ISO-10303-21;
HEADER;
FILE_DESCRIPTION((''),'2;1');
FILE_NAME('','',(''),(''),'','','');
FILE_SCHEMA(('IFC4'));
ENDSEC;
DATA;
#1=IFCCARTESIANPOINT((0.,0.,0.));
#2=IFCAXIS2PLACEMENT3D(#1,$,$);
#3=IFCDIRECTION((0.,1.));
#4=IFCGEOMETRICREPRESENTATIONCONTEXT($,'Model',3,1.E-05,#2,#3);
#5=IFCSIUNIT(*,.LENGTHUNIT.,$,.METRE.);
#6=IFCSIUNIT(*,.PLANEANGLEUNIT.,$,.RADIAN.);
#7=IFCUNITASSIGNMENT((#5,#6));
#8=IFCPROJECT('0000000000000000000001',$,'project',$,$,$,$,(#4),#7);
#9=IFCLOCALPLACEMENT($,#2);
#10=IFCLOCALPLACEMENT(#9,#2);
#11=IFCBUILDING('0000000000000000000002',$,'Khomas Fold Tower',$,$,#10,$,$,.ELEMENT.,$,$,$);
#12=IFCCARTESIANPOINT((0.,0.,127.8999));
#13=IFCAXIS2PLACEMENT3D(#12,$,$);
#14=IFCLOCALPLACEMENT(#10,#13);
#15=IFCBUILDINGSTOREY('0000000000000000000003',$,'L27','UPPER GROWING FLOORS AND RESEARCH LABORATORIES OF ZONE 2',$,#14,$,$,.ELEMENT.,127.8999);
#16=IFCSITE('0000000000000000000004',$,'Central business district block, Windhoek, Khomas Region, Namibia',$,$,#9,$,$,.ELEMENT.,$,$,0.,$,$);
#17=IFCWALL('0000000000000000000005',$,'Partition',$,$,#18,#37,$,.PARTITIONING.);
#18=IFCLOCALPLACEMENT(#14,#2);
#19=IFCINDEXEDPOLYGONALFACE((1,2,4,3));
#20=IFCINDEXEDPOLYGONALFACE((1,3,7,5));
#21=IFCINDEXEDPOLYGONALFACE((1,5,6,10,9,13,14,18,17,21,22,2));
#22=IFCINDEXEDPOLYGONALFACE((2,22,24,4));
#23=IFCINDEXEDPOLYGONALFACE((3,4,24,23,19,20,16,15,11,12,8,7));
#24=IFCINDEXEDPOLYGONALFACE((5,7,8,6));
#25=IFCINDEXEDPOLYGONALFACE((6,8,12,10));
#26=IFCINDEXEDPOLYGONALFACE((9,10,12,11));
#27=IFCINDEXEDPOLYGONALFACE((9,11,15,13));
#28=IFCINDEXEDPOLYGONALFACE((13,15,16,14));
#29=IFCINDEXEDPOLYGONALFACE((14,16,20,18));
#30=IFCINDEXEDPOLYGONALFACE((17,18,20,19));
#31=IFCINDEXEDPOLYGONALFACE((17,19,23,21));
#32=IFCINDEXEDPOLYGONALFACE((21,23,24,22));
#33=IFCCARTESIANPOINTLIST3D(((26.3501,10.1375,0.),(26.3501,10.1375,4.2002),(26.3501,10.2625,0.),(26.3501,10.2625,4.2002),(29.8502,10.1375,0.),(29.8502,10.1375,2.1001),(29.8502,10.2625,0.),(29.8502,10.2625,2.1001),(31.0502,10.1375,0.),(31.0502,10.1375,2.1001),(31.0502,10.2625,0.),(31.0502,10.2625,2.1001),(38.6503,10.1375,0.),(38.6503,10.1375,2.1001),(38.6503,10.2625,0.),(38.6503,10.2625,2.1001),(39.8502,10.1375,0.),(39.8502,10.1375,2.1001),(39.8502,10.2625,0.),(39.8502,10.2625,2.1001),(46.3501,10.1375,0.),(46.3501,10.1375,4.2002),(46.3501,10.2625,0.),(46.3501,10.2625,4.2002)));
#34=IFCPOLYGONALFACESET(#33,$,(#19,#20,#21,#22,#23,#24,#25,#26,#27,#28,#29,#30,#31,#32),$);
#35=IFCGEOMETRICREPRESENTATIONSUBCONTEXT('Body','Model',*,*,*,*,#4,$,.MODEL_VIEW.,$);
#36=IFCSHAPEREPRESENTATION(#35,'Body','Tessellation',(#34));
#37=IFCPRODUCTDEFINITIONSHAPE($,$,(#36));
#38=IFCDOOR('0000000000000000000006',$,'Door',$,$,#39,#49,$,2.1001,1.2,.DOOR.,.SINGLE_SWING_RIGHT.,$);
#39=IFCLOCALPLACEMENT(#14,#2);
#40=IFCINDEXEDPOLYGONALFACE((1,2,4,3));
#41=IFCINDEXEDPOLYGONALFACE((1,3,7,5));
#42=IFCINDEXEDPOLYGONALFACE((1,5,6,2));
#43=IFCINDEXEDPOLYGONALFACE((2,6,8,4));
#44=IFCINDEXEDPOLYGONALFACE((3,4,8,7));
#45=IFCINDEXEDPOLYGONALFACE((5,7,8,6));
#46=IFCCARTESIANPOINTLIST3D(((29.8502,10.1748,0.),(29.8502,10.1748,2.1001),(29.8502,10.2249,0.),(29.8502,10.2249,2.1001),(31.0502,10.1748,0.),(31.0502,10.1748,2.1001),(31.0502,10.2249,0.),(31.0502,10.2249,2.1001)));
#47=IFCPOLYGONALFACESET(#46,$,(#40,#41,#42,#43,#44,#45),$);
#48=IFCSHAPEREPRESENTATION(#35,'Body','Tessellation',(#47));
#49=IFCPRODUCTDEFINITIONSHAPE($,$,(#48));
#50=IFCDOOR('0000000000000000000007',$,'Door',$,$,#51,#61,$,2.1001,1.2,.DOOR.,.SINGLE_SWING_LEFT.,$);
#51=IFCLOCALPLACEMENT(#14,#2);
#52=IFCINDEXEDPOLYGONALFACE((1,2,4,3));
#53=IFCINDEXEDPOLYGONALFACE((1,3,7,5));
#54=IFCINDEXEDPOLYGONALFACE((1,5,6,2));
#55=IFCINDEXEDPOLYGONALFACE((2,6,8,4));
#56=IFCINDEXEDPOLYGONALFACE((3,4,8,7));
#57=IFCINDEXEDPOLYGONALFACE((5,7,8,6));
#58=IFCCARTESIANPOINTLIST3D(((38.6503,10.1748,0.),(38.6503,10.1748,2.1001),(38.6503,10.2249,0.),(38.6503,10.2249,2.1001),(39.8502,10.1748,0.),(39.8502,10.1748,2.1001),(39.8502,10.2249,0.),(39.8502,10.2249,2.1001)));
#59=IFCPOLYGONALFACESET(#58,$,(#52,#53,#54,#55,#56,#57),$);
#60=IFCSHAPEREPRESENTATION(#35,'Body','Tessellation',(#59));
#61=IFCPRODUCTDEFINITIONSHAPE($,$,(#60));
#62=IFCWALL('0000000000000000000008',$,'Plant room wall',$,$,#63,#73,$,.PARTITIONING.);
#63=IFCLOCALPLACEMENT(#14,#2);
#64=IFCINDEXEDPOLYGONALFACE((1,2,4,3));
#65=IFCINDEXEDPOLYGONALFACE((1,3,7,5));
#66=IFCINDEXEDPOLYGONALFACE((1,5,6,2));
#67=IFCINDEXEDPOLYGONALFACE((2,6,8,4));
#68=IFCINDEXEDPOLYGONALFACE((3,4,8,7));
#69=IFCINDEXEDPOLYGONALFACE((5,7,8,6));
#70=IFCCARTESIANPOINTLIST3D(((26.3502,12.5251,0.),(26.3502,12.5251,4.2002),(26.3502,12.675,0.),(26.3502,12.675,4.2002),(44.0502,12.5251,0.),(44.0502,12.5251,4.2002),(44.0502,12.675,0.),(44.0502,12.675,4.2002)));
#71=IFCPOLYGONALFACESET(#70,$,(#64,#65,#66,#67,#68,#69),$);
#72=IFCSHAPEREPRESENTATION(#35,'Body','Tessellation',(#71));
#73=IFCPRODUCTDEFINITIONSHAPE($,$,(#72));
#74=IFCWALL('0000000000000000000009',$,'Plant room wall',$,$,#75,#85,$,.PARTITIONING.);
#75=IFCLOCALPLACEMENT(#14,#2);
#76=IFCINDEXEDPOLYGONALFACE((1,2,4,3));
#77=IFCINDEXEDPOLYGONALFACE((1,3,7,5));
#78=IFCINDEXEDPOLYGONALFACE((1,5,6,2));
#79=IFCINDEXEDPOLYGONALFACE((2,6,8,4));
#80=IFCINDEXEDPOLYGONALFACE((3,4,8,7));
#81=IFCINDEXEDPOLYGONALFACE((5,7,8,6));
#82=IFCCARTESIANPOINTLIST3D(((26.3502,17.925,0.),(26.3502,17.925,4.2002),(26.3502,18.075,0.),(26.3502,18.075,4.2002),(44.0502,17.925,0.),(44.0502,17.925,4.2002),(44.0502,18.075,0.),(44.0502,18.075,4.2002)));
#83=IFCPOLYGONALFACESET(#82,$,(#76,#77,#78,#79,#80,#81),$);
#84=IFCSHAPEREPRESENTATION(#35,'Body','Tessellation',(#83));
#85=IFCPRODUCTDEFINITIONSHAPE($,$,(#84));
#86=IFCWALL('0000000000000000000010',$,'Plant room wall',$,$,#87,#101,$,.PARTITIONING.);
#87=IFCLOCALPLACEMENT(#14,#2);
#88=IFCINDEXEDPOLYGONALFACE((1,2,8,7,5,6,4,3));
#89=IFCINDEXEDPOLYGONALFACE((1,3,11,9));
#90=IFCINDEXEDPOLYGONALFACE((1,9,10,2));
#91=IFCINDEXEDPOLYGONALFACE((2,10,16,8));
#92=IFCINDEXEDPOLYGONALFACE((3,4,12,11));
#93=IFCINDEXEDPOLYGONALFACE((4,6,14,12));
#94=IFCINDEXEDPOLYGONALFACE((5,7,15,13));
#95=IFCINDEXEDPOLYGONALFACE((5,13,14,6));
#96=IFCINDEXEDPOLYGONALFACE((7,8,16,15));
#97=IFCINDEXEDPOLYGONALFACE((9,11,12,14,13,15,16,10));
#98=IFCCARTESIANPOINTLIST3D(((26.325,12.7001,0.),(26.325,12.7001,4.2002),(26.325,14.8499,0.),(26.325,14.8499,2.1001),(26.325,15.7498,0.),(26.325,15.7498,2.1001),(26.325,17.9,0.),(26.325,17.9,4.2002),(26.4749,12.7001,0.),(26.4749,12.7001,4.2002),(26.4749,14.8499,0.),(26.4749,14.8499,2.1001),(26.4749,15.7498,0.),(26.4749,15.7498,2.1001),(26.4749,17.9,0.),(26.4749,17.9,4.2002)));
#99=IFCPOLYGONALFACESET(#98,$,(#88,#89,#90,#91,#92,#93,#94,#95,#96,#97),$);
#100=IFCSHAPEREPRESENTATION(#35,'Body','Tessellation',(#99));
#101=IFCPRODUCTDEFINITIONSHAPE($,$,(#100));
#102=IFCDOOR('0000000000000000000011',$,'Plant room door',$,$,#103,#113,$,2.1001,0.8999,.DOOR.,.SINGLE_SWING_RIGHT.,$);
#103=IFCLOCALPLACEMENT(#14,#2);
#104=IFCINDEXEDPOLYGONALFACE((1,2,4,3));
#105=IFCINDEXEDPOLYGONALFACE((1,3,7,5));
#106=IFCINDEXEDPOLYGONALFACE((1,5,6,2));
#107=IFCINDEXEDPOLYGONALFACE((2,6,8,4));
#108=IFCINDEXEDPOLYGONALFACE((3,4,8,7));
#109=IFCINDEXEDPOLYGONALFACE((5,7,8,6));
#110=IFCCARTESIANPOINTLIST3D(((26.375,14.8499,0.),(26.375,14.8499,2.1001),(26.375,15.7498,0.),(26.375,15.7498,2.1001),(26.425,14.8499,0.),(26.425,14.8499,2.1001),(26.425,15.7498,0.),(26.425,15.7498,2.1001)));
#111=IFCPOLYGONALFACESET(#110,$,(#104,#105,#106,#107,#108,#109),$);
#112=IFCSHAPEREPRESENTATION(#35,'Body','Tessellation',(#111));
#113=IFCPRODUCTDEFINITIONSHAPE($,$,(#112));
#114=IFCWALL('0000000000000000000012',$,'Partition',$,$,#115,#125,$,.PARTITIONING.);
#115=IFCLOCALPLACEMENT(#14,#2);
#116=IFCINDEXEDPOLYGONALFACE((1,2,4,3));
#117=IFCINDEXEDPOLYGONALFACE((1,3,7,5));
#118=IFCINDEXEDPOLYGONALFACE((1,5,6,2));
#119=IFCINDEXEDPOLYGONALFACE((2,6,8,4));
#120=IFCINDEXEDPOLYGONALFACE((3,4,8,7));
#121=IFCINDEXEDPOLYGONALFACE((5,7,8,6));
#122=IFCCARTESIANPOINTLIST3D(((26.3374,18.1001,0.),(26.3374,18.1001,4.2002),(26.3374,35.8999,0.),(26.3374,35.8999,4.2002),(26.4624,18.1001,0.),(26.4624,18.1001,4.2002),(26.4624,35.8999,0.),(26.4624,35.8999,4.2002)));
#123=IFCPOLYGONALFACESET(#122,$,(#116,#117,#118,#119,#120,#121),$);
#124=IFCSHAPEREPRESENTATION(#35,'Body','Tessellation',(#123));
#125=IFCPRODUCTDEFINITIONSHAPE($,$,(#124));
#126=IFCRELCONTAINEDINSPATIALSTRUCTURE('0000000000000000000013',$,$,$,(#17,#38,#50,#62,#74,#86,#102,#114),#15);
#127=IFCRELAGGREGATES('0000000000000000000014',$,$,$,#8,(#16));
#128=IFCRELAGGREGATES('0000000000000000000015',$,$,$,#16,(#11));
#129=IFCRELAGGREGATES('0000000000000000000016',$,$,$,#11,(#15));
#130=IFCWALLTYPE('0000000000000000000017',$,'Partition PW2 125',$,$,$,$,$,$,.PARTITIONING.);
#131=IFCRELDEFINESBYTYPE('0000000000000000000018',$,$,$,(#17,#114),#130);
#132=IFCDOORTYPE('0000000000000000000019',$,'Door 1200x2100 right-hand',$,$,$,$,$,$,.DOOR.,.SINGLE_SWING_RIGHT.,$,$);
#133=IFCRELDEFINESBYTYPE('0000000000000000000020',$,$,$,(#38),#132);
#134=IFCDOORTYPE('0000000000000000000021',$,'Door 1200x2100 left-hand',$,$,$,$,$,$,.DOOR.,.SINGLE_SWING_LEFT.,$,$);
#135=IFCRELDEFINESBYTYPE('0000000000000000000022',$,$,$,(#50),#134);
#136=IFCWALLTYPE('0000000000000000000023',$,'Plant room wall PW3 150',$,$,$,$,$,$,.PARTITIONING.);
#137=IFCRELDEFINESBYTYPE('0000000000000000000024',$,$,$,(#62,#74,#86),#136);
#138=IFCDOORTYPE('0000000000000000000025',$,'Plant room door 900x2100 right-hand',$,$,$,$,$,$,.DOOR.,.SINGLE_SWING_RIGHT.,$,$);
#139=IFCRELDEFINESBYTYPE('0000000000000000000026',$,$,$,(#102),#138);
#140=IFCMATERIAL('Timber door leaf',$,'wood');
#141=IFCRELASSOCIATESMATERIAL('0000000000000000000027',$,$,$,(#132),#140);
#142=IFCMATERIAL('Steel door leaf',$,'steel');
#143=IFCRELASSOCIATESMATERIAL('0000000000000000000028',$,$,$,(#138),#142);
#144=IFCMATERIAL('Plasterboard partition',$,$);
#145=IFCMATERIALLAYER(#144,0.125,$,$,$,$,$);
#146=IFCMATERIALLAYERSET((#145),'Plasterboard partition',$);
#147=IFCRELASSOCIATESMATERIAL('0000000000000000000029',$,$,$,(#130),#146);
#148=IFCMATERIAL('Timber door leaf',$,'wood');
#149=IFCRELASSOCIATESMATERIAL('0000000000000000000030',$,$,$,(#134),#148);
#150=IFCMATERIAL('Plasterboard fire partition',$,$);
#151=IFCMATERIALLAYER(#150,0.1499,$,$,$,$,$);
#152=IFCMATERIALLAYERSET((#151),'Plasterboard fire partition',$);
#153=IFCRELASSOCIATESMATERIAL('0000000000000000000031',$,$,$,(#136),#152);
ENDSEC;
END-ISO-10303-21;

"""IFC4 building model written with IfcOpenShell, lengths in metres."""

from ifc_helpers import new_model, si_unit, direction, frame, frame_2d, origin, place, context, subcontext, project, spatial, rectangle, extrude, source, transform, mapped, material, layer, layer_set, type_object, element, fill, save


model = new_model("IFC4")

# Units and contexts
model_context = context("Model", 3, precision=1e-05, world=origin(), true_north=direction((0.0, 1.0)))
body_context = subcontext(model_context, "Body", "Model", "MODEL_VIEW")
ifc_project = project(units=[si_unit("LENGTHUNIT", "METRE"), si_unit("PLANEANGLEUNIT", "RADIAN")], contexts=[model_context])

# Site, building, storey
site_placement = place(None, origin())
site = spatial("IfcSite", under=ifc_project, at=site_placement, Name="Central business district block, Windhoek, Khomas Region, Namibia", CompositionType="ELEMENT", RefElevation=0.0)
building_placement = place(site_placement, origin())
building = spatial("IfcBuilding", under=site, at=building_placement, Name="Khomas Fold Tower", CompositionType="ELEMENT")
storey_placement = place(building_placement, frame((0.0, 0.0, 127.8999)))
storey = spatial("IfcBuildingStorey", under=building, at=storey_placement, Name="L27", Description="UPPER GROWING FLOORS AND RESEARCH LABORATORIES OF ZONE 2", CompositionType="ELEMENT", Elevation=127.8999)

# Shared definitions
ifc_material_1 = material(Name="Timber door leaf", Category="wood")
door_type_1 = type_object("IfcDoorType", Name="Door 1200x2100 right-hand", OperationType="SINGLE_SWING_RIGHT", PredefinedType="DOOR", material=ifc_material_1)
ifc_material_2 = material(Name="Steel door leaf", Category="steel")
door_type_2 = type_object("IfcDoorType", Name="Plant room door 900x2100 right-hand", OperationType="SINGLE_SWING_RIGHT", PredefinedType="DOOR", material=ifc_material_2)

# Shared definitions
ifc_material_3 = material(Name="Plasterboard partition")
ifc_layer_1 = layer(ifc_material_3, 0.125)
ifc_layer_set_1 = layer_set([ifc_layer_1], Name="Plasterboard partition")
wall_type_1 = type_object("IfcWallType", Name="Partition PW2 125", PredefinedType="PARTITIONING", material=ifc_layer_set_1)

# Wall, openings, doors
shared_shape_1 = source(origin(), body_context, "Body", "SweptSolid", [
    extrude(rectangle(XDim=20.0, YDim=0.125, at=frame_2d((10.0, 0.0))), origin(), (0.0, 0.0, 1.0), 4.2002),
])
wall_1_placement = place(storey_placement, frame((26.3501, 10.2, 0.0), z_axis=(0.0, 0.0, 1.0), x_axis=(1.0, 0.0, 0.0)))
wall_1 = element("IfcWall", 1, at=wall_1_placement, inside=storey, type_object=wall_type_1, Name="Partition", PredefinedType="PARTITIONING", context=body_context, shape_type="MappedRepresentation", body=[
    mapped(shared_shape_1, transform((0.0, 0.0, 0.0))),
])
shared_shape_2 = source(origin(), body_context, "Body", "SweptSolid", [
    extrude(rectangle(XDim=1.2, YDim=2.1001, at=frame_2d((0.6001, 1.05))), frame((0.0, 0.0725, 0.0), z_axis=(0.0, -1.0, 0.0), x_axis=(1.0, 0.0, 0.0)), (0.0, 0.0, 1.0), 0.145),
])
opening_1_placement = place(wall_1_placement, frame((3.5, 0.0, 0.0)))
opening_1 = element("IfcOpeningElement", 2, at=opening_1_placement, cuts=wall_1, PredefinedType="OPENING", context=body_context, shape_type="MappedRepresentation", body=[
    mapped(shared_shape_2, transform((0.0, 0.0, 0.0))),
])
opening_2_placement = place(wall_1_placement, frame((12.3, 0.0, 0.0)))
opening_2 = element("IfcOpeningElement", 3, at=opening_2_placement, cuts=wall_1, PredefinedType="OPENING", context=body_context, shape_type="MappedRepresentation", body=[
    mapped(shared_shape_2, transform((0.0, 0.0, 0.0))),
])
shared_shape_3 = source(origin(), body_context, "Body", "SweptSolid", [
    extrude(rectangle(XDim=1.2, YDim=2.1001, at=frame_2d((0.6001, 1.05))), frame((0.0, 0.0249, 0.0), z_axis=(0.0, -1.0, 0.0), x_axis=(1.0, 0.0, 0.0)), (0.0, 0.0, 1.0), 0.05),
])
door_1_placement = place(opening_1_placement, origin())
door_1 = element("IfcDoor", 4, at=door_1_placement, inside=storey, type_object=door_type_1, Name="Door", OperationType="SINGLE_SWING_RIGHT", OverallHeight=2.1001, OverallWidth=1.2, PredefinedType="DOOR", context=body_context, shape_type="MappedRepresentation", body=[
    mapped(shared_shape_3, transform((0.0, 0.0, 0.0))),
])
fill(opening_1, door_1)
ifc_material_4 = material(Name="Timber door leaf", Category="wood")
door_type_3 = type_object("IfcDoorType", Name="Door 1200x2100 left-hand", OperationType="SINGLE_SWING_LEFT", PredefinedType="DOOR", material=ifc_material_4)
door_2_placement = place(opening_2_placement, origin())
door_2 = element("IfcDoor", 5, at=door_2_placement, inside=storey, type_object=door_type_3, Name="Door", OperationType="SINGLE_SWING_LEFT", OverallHeight=2.1001, OverallWidth=1.2, PredefinedType="DOOR", context=body_context, shape_type="MappedRepresentation", body=[
    mapped(shared_shape_3, transform((0.0, 0.0, 0.0))),
])
fill(opening_2, door_2)

# Walls
ifc_material_5 = material(Name="Plasterboard fire partition")
ifc_layer_2 = layer(ifc_material_5, 0.1499)
ifc_layer_set_2 = layer_set([ifc_layer_2], Name="Plasterboard fire partition")
wall_type_2 = type_object("IfcWallType", Name="Plant room wall PW3 150", PredefinedType="PARTITIONING", material=ifc_layer_set_2)
shared_shape_4 = source(origin(), body_context, "Body", "SweptSolid", [
    extrude(rectangle(XDim=17.7, YDim=0.1499, at=frame_2d((8.8501, 0.0))), origin(), (0.0, 0.0, 1.0), 4.2002),
])
for number, where, z_axis, x_axis, name in (
    (6, (26.3501, 12.6001, 0.0), (0.0, 0.0, 1.0), (1.0, 0.0, 0.0), "Plant room wall"),
    (7, (26.3501, 18.0, 0.0), (0.0, 0.0, 1.0), (1.0, 0.0, 0.0), "Plant room wall"),
):
    element("IfcWall", number, at=place(storey_placement, frame(where, z_axis=z_axis, x_axis=x_axis)), inside=storey, type_object=wall_type_2, Name=name, PredefinedType="PARTITIONING", context=body_context, shape_type="MappedRepresentation", body=[
        mapped(shared_shape_4, transform((0.0, 0.0, 0.0))),
    ])

# Wall, opening, door
shared_shape_5 = source(origin(), body_context, "Body", "SweptSolid", [
    extrude(rectangle(XDim=5.2, YDim=0.1499, at=frame_2d((2.6001, 0.0))), origin(), (0.0, 0.0, 1.0), 4.2002),
])
wall_2_placement = place(storey_placement, frame((26.3999, 12.7, 0.0), z_axis=(0.0, 0.0, 1.0), x_axis=(0.0, 1.0, 0.0)))
wall_2 = element("IfcWall", 8, at=wall_2_placement, inside=storey, type_object=wall_type_2, Name="Plant room wall", PredefinedType="PARTITIONING", context=body_context, shape_type="MappedRepresentation", body=[
    mapped(shared_shape_5, transform((0.0, 0.0, 0.0))),
])
shared_shape_6 = source(origin(), body_context, "Body", "SweptSolid", [
    extrude(rectangle(XDim=0.8999, YDim=2.1001, at=frame_2d((0.45, 1.05))), frame((0.0, 0.085, 0.0), z_axis=(0.0, -1.0, 0.0), x_axis=(1.0, 0.0, 0.0)), (0.0, 0.0, 1.0), 0.1699),
])
opening_3_placement = place(wall_2_placement, frame((2.1499, 0.0, 0.0)))
opening_3 = element("IfcOpeningElement", 9, at=opening_3_placement, cuts=wall_2, PredefinedType="OPENING", context=body_context, shape_type="MappedRepresentation", body=[
    mapped(shared_shape_6, transform((0.0, 0.0, 0.0))),
])
shared_shape_7 = source(origin(), body_context, "Body", "SweptSolid", [
    extrude(rectangle(XDim=0.8999, YDim=2.1001, at=frame_2d((0.45, 1.05))), frame((0.0, 0.0249, 0.0), z_axis=(0.0, -1.0, 0.0), x_axis=(1.0, 0.0, 0.0)), (0.0, 0.0, 1.0), 0.05),
])
door_3_placement = place(opening_3_placement, origin())
door_3 = element("IfcDoor", 10, at=door_3_placement, inside=storey, type_object=door_type_2, Name="Plant room door", OperationType="SINGLE_SWING_RIGHT", OverallHeight=2.1001, OverallWidth=0.8999, PredefinedType="DOOR", context=body_context, shape_type="MappedRepresentation", body=[
    mapped(shared_shape_7, transform((0.0, 0.0, 0.0))),
])
fill(opening_3, door_3)

# Wall
shared_shape_8 = source(origin(), body_context, "Body", "SweptSolid", [
    extrude(rectangle(XDim=17.7998, YDim=0.125, at=frame_2d((8.8999, 0.0))), origin(), (0.0, 0.0, 1.0), 4.2002),
])
wall_3_placement = place(storey_placement, frame((26.3999, 18.1001, 0.0), z_axis=(0.0, 0.0, 1.0), x_axis=(0.0, 1.0, 0.0)))
element("IfcWall", 11, at=wall_3_placement, inside=storey, type_object=wall_type_1, Name="Partition", PredefinedType="PARTITIONING", context=body_context, shape_type="MappedRepresentation", body=[
    mapped(shared_shape_8, transform((0.0, 0.0, 0.0))),
])

save(model, "model.ifc")
